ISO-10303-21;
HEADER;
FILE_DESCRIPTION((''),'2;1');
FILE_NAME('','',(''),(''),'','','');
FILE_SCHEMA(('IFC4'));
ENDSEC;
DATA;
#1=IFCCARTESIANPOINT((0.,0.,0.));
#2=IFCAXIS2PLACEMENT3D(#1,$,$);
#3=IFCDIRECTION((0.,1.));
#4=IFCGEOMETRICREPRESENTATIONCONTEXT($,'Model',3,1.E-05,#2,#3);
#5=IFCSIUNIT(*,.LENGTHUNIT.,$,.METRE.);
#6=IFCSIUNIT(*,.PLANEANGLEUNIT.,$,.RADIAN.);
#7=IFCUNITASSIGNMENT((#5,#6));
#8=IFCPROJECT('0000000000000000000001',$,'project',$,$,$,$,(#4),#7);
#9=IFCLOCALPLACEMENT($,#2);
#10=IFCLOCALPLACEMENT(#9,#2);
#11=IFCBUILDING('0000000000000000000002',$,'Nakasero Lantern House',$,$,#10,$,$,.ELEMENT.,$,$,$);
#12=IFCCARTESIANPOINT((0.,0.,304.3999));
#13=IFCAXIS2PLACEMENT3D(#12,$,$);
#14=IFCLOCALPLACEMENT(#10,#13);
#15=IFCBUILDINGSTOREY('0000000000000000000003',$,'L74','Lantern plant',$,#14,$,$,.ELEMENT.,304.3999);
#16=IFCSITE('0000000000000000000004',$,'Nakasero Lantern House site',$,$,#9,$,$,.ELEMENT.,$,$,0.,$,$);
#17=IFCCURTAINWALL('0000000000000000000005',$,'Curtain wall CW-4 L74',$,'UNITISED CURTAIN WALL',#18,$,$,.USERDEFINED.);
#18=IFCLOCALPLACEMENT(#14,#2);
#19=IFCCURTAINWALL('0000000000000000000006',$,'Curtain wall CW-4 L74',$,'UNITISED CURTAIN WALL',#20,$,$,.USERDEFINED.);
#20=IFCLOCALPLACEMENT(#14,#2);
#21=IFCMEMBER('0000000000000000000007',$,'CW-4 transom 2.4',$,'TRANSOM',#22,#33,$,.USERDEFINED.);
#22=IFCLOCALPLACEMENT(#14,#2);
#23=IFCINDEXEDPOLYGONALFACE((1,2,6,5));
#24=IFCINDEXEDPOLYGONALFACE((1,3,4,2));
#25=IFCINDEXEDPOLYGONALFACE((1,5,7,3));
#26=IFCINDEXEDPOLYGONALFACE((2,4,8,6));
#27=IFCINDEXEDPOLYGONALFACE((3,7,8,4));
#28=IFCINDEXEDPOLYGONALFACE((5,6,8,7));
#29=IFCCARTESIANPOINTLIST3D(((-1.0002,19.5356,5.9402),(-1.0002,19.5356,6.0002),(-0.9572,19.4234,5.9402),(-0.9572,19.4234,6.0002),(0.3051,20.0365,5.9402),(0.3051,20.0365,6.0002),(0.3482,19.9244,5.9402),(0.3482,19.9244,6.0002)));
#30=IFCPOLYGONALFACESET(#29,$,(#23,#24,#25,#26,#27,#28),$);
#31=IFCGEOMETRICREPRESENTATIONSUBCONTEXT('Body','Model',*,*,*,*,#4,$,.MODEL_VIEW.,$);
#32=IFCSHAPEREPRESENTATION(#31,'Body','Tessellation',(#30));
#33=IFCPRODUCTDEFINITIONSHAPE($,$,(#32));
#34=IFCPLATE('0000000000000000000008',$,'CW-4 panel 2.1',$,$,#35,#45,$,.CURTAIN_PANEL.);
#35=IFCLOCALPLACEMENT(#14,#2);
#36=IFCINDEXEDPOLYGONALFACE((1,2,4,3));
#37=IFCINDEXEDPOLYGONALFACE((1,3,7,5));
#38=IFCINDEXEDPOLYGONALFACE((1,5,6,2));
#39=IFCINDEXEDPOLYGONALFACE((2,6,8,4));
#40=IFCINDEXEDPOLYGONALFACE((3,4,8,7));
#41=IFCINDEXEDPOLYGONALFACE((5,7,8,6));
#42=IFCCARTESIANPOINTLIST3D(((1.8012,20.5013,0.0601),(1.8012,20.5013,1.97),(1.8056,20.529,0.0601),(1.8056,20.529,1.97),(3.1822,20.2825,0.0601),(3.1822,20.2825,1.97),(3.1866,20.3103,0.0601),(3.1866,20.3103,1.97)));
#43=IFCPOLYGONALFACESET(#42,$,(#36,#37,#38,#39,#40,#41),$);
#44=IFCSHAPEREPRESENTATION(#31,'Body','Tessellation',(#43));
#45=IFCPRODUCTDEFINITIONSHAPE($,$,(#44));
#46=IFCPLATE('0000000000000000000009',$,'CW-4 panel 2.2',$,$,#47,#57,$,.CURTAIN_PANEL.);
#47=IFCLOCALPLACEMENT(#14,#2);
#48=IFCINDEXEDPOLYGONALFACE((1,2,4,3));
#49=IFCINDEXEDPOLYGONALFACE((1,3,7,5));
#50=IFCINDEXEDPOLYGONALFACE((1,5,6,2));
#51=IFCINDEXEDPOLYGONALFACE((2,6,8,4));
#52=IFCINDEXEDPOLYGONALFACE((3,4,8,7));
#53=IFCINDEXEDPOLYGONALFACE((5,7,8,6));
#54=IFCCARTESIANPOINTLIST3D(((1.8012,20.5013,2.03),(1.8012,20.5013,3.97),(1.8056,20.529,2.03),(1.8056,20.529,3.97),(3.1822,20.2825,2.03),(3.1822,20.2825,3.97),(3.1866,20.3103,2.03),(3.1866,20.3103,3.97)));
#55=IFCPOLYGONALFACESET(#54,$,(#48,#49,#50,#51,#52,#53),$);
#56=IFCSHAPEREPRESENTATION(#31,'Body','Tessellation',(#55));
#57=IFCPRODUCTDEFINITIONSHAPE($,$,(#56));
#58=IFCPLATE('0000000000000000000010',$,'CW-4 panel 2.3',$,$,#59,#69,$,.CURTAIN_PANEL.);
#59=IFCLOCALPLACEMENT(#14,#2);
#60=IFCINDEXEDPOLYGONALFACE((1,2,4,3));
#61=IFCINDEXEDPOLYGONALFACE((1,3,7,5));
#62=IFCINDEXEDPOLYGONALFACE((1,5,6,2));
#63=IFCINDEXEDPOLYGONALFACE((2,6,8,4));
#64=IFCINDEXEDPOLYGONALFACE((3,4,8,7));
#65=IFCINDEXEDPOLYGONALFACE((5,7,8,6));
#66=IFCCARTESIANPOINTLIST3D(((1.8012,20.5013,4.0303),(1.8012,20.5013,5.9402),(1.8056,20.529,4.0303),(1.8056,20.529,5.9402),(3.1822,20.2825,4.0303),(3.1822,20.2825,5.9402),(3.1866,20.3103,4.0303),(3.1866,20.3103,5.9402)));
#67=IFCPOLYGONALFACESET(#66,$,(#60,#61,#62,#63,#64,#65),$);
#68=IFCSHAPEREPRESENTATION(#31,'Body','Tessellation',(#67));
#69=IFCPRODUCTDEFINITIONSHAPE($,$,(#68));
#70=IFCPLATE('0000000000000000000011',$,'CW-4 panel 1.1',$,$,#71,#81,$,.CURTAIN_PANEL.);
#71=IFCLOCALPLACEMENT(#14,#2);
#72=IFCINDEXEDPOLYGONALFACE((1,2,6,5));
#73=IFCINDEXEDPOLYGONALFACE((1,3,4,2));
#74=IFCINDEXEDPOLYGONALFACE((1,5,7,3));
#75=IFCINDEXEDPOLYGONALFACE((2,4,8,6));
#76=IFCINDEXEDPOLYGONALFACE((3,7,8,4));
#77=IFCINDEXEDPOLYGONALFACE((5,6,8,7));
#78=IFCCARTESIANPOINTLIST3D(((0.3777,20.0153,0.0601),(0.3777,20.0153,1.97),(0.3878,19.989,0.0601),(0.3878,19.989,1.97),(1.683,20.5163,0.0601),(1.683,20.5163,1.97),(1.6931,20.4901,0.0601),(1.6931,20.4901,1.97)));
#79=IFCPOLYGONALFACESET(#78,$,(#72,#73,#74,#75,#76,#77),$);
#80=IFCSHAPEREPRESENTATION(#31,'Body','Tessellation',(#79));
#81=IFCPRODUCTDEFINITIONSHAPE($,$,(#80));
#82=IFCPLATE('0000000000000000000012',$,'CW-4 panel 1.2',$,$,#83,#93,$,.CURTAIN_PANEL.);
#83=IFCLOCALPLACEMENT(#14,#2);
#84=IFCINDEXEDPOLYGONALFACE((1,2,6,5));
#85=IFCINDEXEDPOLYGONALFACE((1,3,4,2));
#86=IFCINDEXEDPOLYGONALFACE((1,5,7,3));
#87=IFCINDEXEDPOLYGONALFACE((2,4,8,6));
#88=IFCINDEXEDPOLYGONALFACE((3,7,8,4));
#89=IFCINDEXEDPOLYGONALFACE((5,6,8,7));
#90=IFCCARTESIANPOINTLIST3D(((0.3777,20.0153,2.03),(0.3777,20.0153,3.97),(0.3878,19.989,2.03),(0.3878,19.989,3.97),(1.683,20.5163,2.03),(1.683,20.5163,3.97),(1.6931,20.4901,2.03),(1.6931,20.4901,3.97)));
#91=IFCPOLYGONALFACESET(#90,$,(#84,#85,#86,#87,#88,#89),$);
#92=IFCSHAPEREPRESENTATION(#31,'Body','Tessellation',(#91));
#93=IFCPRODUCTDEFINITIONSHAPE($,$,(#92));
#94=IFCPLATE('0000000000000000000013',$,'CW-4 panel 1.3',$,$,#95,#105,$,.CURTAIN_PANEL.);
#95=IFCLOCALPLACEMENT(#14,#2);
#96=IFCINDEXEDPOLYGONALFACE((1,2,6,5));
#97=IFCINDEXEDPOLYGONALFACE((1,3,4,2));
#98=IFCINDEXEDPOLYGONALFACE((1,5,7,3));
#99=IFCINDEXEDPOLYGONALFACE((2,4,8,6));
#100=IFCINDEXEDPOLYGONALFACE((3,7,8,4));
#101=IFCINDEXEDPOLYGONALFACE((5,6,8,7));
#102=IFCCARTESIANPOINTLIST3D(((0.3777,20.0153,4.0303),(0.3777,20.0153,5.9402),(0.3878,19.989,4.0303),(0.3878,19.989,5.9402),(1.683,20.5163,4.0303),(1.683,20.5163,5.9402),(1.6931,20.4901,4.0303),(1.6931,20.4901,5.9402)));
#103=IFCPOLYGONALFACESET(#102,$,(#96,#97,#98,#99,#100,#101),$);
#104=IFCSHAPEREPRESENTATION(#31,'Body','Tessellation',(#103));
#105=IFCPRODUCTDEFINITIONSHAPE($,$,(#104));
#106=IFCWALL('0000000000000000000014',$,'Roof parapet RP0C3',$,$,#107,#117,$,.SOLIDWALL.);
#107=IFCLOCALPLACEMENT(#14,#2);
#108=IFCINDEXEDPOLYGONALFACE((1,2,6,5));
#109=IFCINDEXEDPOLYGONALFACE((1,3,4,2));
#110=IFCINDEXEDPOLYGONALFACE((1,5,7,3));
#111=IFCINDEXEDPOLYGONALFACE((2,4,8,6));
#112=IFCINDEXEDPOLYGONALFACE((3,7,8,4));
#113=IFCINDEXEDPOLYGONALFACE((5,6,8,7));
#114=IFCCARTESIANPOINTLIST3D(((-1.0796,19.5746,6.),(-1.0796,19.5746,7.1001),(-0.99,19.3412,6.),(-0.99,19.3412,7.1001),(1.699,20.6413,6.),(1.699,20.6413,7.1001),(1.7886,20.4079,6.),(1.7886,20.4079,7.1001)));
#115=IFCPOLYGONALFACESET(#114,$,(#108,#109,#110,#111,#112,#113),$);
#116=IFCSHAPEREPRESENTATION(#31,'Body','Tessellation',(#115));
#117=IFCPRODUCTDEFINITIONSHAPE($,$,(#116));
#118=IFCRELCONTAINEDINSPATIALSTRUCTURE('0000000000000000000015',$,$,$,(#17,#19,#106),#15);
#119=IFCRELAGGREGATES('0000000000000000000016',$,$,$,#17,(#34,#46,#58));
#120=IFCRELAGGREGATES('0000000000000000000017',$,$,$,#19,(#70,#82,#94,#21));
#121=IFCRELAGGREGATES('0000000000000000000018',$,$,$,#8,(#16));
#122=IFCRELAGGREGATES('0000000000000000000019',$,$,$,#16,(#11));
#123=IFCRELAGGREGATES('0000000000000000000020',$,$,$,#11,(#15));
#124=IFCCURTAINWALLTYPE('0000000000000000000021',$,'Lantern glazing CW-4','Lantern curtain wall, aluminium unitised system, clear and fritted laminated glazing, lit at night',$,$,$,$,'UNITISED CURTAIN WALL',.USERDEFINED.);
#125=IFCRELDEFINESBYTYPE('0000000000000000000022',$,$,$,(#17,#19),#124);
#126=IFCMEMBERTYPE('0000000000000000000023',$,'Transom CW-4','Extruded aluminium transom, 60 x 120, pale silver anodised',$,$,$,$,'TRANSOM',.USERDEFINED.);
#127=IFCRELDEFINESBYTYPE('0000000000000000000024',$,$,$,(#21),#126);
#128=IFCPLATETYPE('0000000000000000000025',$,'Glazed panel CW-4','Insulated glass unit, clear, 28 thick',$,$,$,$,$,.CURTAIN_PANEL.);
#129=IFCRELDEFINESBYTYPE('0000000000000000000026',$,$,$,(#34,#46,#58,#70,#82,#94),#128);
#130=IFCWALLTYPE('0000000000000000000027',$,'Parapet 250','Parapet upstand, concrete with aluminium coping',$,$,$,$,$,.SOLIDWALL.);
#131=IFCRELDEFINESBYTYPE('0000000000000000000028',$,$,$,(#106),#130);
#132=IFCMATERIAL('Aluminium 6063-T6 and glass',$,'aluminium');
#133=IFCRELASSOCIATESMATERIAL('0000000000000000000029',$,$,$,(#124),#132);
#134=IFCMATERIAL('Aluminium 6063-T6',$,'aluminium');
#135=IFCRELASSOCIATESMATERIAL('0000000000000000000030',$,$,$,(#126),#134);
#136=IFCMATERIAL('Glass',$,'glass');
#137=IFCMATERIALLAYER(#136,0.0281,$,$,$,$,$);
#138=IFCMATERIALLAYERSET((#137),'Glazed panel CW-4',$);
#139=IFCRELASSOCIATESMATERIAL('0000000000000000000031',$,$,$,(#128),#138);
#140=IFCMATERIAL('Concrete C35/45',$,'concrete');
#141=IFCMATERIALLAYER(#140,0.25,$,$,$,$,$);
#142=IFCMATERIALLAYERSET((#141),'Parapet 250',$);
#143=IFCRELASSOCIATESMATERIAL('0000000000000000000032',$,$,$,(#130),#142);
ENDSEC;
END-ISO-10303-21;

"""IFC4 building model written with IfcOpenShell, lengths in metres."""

from ifc_helpers import new_model, si_unit, direction, frame, frame_2d, origin, origin_2d, place, context, subcontext, project, spatial, rectangle, extrude, material, layer, layer_set, material_profile, profile_set, type_object, element, aggregate, save


model = new_model("IFC4")

# Units and contexts
model_context = context("Model", 3, precision=1e-05, world=origin(), true_north=direction((0.0, 1.0)))
body_context = subcontext(model_context, "Body", "Model", "MODEL_VIEW")
ifc_project = project(units=[si_unit("LENGTHUNIT", "METRE"), si_unit("PLANEANGLEUNIT", "RADIAN")], contexts=[model_context])

# Site, building, storey
site_placement = place(None, origin())
site = spatial("IfcSite", under=ifc_project, at=site_placement, Name="Nakasero Lantern House site", CompositionType="ELEMENT", RefElevation=0.0)
building_placement = place(site_placement, origin())
building = spatial("IfcBuilding", under=site, at=building_placement, Name="Nakasero Lantern House", CompositionType="ELEMENT")
storey_placement = place(building_placement, frame((0.0, 0.0, 304.3999)))
storey = spatial("IfcBuildingStorey", under=building, at=storey_placement, Name="L74", Description="Lantern plant", CompositionType="ELEMENT", Elevation=304.3999)

# Curtain wall
ifc_material_1 = material(Name="Aluminium 6063-T6 and glass", Category="aluminium")
curtain_wall_type = type_object("IfcCurtainWallType", Name="Lantern glazing CW-4", Description="Lantern curtain wall, aluminium unitised system, clear and fritted laminated glazing, lit at night", ElementType="UNITISED CURTAIN WALL", PredefinedType="USERDEFINED", material=ifc_material_1)
curtain_wall_1_placement = place(storey_placement, origin())
curtain_wall_1 = element("IfcCurtainWall", 1, at=curtain_wall_1_placement, inside=storey, type_object=curtain_wall_type, Name="Curtain wall CW-4 L74", ObjectType="UNITISED CURTAIN WALL", PredefinedType="USERDEFINED")

# Curtain wall
curtain_wall_2_placement = place(storey_placement, origin())
curtain_wall_2 = element("IfcCurtainWall", 2, at=curtain_wall_2_placement, inside=storey, type_object=curtain_wall_type, Name="Curtain wall CW-4 L74", ObjectType="UNITISED CURTAIN WALL", PredefinedType="USERDEFINED")

# Member
ifc_material_2 = material(Name="Aluminium 6063-T6", Category="aluminium")
ifc_material_profile_1 = material_profile(ifc_material_2, rectangle(XDim=0.0601, YDim=0.1201, at=origin_2d()), Name="CW-4 transom 60x120")
ifc_profile_set_1 = profile_set([ifc_material_profile_1], Name="Aluminium 6063-T6")
member_type_1 = type_object("IfcMemberType", Name="Transom CW-4", Description="Extruded aluminium transom, 60 x 120, pale silver anodised", ElementType="TRANSOM", PredefinedType="USERDEFINED", material=ifc_profile_set_1)
member_1_placement = place(storey_placement, frame((0.3267, 19.9805, 5.9702), z_axis=(-0.933611, -0.358289, 0.0), x_axis=(0.0, 0.0, 1.0)))
member_1 = element("IfcMember", 3, at=member_1_placement, type_object=member_type_1, Name="CW-4 transom 2.4", ObjectType="TRANSOM", PredefinedType="USERDEFINED", context=body_context, shape_type="SweptSolid", body=[
    extrude(rectangle(XDim=0.0601, YDim=0.1201, at=origin_2d()), origin(), (0.0, 0.0, 1.0), 1.3982),
])

# Plates
ifc_material_3 = material(Name="Glass", Category="glass")
ifc_layer_1 = layer(ifc_material_3, 0.0281)
ifc_layer_set_1 = layer_set([ifc_layer_1], Name="Glazed panel CW-4")
plate_type = type_object("IfcPlateType", Name="Glazed panel CW-4", Description="Insulated glass unit, clear, 28 thick", PredefinedType="CURTAIN_PANEL", material=ifc_layer_set_1)
plate_1_placement = place(storey_placement, frame((2.4939, 20.4058, 0.0601), z_axis=(0.0, 0.0, 1.0), x_axis=(-0.987688, 0.156434, 0.0)))
plate_1 = element("IfcPlate", 4, at=plate_1_placement, type_object=plate_type, Name="CW-4 panel 2.1", PredefinedType="CURTAIN_PANEL", context=body_context, shape_type="SweptSolid", body=[
    extrude(rectangle(XDim=1.3982, YDim=0.0281, at=origin_2d()), origin(), (0.0, 0.0, 1.0), 1.9099),
])
plate_2_placement = place(storey_placement, frame((2.4939, 20.4058, 2.03), z_axis=(0.0, 0.0, 1.0), x_axis=(-0.987688, 0.156434, 0.0)))
plate_2 = element("IfcPlate", 5, at=plate_2_placement, type_object=plate_type, Name="CW-4 panel 2.2", PredefinedType="CURTAIN_PANEL", context=body_context, shape_type="SweptSolid", body=[
    extrude(rectangle(XDim=1.3982, YDim=0.0281, at=origin_2d()), origin(), (0.0, 0.0, 1.0), 1.9399),
])
plate_3_placement = place(storey_placement, frame((2.4939, 20.4058, 4.0303), z_axis=(0.0, 0.0, 1.0), x_axis=(-0.987688, 0.156434, 0.0)))
plate_3 = element("IfcPlate", 6, at=plate_3_placement, type_object=plate_type, Name="CW-4 panel 2.3", PredefinedType="CURTAIN_PANEL", context=body_context, shape_type="SweptSolid", body=[
    extrude(rectangle(XDim=1.3982, YDim=0.0281, at=origin_2d()), origin(), (0.0, 0.0, 1.0), 1.9099),
])
aggregate(curtain_wall_1, [plate_1, plate_2, plate_3])
plate_4_placement = place(storey_placement, frame((1.0354, 20.2527, 0.0601), z_axis=(0.0, 0.0, 1.0), x_axis=(-0.93358, -0.358368, 0.0)))
plate_4 = element("IfcPlate", 7, at=plate_4_placement, type_object=plate_type, Name="CW-4 panel 1.1", PredefinedType="CURTAIN_PANEL", context=body_context, shape_type="SweptSolid", body=[
    extrude(rectangle(XDim=1.3982, YDim=0.0281, at=origin_2d()), origin(), (0.0, 0.0, 1.0), 1.9099),
])
plate_5_placement = place(storey_placement, frame((1.0354, 20.2527, 2.03), z_axis=(0.0, 0.0, 1.0), x_axis=(-0.93358, -0.358368, 0.0)))
plate_5 = element("IfcPlate", 8, at=plate_5_placement, type_object=plate_type, Name="CW-4 panel 1.2", PredefinedType="CURTAIN_PANEL", context=body_context, shape_type="SweptSolid", body=[
    extrude(rectangle(XDim=1.3982, YDim=0.0281, at=origin_2d()), origin(), (0.0, 0.0, 1.0), 1.9399),
])
plate_6_placement = place(storey_placement, frame((1.0354, 20.2527, 4.0303), z_axis=(0.0, 0.0, 1.0), x_axis=(-0.93358, -0.358368, 0.0)))
plate_6 = element("IfcPlate", 9, at=plate_6_placement, type_object=plate_type, Name="CW-4 panel 1.3", PredefinedType="CURTAIN_PANEL", context=body_context, shape_type="SweptSolid", body=[
    extrude(rectangle(XDim=1.3982, YDim=0.0281, at=origin_2d()), origin(), (0.0, 0.0, 1.0), 1.9099),
])
aggregate(curtain_wall_2, [plate_4, plate_5, plate_6, member_1])

# Wall
ifc_material_4 = material(Name="Concrete C35/45", Category="concrete")
ifc_layer_2 = layer(ifc_material_4, 0.25)
ifc_layer_set_2 = layer_set([ifc_layer_2], Name="Parapet 250")
wall_type = type_object("IfcWallType", Name="Parapet 250", Description="Parapet upstand, concrete with aluminium coping", PredefinedType="SOLIDWALL", material=ifc_layer_set_2)
wall_placement = place(storey_placement, frame((1.7439, 20.5247, 6.0), z_axis=(0.0, 0.0, 1.0), x_axis=(-0.933574, -0.358385, 0.0)))
element("IfcWall", 10, at=wall_placement, inside=storey, type_object=wall_type, Name="Roof parapet RP0C3", PredefinedType="SOLIDWALL", context=body_context, shape_type="SweptSolid", body=[
    extrude(rectangle(XDim=2.9763, YDim=0.25, at=frame_2d((1.4883, 0.0))), origin(), (0.0, 0.0, 1.0), 1.1001),
])

save(model, "model.ifc")
